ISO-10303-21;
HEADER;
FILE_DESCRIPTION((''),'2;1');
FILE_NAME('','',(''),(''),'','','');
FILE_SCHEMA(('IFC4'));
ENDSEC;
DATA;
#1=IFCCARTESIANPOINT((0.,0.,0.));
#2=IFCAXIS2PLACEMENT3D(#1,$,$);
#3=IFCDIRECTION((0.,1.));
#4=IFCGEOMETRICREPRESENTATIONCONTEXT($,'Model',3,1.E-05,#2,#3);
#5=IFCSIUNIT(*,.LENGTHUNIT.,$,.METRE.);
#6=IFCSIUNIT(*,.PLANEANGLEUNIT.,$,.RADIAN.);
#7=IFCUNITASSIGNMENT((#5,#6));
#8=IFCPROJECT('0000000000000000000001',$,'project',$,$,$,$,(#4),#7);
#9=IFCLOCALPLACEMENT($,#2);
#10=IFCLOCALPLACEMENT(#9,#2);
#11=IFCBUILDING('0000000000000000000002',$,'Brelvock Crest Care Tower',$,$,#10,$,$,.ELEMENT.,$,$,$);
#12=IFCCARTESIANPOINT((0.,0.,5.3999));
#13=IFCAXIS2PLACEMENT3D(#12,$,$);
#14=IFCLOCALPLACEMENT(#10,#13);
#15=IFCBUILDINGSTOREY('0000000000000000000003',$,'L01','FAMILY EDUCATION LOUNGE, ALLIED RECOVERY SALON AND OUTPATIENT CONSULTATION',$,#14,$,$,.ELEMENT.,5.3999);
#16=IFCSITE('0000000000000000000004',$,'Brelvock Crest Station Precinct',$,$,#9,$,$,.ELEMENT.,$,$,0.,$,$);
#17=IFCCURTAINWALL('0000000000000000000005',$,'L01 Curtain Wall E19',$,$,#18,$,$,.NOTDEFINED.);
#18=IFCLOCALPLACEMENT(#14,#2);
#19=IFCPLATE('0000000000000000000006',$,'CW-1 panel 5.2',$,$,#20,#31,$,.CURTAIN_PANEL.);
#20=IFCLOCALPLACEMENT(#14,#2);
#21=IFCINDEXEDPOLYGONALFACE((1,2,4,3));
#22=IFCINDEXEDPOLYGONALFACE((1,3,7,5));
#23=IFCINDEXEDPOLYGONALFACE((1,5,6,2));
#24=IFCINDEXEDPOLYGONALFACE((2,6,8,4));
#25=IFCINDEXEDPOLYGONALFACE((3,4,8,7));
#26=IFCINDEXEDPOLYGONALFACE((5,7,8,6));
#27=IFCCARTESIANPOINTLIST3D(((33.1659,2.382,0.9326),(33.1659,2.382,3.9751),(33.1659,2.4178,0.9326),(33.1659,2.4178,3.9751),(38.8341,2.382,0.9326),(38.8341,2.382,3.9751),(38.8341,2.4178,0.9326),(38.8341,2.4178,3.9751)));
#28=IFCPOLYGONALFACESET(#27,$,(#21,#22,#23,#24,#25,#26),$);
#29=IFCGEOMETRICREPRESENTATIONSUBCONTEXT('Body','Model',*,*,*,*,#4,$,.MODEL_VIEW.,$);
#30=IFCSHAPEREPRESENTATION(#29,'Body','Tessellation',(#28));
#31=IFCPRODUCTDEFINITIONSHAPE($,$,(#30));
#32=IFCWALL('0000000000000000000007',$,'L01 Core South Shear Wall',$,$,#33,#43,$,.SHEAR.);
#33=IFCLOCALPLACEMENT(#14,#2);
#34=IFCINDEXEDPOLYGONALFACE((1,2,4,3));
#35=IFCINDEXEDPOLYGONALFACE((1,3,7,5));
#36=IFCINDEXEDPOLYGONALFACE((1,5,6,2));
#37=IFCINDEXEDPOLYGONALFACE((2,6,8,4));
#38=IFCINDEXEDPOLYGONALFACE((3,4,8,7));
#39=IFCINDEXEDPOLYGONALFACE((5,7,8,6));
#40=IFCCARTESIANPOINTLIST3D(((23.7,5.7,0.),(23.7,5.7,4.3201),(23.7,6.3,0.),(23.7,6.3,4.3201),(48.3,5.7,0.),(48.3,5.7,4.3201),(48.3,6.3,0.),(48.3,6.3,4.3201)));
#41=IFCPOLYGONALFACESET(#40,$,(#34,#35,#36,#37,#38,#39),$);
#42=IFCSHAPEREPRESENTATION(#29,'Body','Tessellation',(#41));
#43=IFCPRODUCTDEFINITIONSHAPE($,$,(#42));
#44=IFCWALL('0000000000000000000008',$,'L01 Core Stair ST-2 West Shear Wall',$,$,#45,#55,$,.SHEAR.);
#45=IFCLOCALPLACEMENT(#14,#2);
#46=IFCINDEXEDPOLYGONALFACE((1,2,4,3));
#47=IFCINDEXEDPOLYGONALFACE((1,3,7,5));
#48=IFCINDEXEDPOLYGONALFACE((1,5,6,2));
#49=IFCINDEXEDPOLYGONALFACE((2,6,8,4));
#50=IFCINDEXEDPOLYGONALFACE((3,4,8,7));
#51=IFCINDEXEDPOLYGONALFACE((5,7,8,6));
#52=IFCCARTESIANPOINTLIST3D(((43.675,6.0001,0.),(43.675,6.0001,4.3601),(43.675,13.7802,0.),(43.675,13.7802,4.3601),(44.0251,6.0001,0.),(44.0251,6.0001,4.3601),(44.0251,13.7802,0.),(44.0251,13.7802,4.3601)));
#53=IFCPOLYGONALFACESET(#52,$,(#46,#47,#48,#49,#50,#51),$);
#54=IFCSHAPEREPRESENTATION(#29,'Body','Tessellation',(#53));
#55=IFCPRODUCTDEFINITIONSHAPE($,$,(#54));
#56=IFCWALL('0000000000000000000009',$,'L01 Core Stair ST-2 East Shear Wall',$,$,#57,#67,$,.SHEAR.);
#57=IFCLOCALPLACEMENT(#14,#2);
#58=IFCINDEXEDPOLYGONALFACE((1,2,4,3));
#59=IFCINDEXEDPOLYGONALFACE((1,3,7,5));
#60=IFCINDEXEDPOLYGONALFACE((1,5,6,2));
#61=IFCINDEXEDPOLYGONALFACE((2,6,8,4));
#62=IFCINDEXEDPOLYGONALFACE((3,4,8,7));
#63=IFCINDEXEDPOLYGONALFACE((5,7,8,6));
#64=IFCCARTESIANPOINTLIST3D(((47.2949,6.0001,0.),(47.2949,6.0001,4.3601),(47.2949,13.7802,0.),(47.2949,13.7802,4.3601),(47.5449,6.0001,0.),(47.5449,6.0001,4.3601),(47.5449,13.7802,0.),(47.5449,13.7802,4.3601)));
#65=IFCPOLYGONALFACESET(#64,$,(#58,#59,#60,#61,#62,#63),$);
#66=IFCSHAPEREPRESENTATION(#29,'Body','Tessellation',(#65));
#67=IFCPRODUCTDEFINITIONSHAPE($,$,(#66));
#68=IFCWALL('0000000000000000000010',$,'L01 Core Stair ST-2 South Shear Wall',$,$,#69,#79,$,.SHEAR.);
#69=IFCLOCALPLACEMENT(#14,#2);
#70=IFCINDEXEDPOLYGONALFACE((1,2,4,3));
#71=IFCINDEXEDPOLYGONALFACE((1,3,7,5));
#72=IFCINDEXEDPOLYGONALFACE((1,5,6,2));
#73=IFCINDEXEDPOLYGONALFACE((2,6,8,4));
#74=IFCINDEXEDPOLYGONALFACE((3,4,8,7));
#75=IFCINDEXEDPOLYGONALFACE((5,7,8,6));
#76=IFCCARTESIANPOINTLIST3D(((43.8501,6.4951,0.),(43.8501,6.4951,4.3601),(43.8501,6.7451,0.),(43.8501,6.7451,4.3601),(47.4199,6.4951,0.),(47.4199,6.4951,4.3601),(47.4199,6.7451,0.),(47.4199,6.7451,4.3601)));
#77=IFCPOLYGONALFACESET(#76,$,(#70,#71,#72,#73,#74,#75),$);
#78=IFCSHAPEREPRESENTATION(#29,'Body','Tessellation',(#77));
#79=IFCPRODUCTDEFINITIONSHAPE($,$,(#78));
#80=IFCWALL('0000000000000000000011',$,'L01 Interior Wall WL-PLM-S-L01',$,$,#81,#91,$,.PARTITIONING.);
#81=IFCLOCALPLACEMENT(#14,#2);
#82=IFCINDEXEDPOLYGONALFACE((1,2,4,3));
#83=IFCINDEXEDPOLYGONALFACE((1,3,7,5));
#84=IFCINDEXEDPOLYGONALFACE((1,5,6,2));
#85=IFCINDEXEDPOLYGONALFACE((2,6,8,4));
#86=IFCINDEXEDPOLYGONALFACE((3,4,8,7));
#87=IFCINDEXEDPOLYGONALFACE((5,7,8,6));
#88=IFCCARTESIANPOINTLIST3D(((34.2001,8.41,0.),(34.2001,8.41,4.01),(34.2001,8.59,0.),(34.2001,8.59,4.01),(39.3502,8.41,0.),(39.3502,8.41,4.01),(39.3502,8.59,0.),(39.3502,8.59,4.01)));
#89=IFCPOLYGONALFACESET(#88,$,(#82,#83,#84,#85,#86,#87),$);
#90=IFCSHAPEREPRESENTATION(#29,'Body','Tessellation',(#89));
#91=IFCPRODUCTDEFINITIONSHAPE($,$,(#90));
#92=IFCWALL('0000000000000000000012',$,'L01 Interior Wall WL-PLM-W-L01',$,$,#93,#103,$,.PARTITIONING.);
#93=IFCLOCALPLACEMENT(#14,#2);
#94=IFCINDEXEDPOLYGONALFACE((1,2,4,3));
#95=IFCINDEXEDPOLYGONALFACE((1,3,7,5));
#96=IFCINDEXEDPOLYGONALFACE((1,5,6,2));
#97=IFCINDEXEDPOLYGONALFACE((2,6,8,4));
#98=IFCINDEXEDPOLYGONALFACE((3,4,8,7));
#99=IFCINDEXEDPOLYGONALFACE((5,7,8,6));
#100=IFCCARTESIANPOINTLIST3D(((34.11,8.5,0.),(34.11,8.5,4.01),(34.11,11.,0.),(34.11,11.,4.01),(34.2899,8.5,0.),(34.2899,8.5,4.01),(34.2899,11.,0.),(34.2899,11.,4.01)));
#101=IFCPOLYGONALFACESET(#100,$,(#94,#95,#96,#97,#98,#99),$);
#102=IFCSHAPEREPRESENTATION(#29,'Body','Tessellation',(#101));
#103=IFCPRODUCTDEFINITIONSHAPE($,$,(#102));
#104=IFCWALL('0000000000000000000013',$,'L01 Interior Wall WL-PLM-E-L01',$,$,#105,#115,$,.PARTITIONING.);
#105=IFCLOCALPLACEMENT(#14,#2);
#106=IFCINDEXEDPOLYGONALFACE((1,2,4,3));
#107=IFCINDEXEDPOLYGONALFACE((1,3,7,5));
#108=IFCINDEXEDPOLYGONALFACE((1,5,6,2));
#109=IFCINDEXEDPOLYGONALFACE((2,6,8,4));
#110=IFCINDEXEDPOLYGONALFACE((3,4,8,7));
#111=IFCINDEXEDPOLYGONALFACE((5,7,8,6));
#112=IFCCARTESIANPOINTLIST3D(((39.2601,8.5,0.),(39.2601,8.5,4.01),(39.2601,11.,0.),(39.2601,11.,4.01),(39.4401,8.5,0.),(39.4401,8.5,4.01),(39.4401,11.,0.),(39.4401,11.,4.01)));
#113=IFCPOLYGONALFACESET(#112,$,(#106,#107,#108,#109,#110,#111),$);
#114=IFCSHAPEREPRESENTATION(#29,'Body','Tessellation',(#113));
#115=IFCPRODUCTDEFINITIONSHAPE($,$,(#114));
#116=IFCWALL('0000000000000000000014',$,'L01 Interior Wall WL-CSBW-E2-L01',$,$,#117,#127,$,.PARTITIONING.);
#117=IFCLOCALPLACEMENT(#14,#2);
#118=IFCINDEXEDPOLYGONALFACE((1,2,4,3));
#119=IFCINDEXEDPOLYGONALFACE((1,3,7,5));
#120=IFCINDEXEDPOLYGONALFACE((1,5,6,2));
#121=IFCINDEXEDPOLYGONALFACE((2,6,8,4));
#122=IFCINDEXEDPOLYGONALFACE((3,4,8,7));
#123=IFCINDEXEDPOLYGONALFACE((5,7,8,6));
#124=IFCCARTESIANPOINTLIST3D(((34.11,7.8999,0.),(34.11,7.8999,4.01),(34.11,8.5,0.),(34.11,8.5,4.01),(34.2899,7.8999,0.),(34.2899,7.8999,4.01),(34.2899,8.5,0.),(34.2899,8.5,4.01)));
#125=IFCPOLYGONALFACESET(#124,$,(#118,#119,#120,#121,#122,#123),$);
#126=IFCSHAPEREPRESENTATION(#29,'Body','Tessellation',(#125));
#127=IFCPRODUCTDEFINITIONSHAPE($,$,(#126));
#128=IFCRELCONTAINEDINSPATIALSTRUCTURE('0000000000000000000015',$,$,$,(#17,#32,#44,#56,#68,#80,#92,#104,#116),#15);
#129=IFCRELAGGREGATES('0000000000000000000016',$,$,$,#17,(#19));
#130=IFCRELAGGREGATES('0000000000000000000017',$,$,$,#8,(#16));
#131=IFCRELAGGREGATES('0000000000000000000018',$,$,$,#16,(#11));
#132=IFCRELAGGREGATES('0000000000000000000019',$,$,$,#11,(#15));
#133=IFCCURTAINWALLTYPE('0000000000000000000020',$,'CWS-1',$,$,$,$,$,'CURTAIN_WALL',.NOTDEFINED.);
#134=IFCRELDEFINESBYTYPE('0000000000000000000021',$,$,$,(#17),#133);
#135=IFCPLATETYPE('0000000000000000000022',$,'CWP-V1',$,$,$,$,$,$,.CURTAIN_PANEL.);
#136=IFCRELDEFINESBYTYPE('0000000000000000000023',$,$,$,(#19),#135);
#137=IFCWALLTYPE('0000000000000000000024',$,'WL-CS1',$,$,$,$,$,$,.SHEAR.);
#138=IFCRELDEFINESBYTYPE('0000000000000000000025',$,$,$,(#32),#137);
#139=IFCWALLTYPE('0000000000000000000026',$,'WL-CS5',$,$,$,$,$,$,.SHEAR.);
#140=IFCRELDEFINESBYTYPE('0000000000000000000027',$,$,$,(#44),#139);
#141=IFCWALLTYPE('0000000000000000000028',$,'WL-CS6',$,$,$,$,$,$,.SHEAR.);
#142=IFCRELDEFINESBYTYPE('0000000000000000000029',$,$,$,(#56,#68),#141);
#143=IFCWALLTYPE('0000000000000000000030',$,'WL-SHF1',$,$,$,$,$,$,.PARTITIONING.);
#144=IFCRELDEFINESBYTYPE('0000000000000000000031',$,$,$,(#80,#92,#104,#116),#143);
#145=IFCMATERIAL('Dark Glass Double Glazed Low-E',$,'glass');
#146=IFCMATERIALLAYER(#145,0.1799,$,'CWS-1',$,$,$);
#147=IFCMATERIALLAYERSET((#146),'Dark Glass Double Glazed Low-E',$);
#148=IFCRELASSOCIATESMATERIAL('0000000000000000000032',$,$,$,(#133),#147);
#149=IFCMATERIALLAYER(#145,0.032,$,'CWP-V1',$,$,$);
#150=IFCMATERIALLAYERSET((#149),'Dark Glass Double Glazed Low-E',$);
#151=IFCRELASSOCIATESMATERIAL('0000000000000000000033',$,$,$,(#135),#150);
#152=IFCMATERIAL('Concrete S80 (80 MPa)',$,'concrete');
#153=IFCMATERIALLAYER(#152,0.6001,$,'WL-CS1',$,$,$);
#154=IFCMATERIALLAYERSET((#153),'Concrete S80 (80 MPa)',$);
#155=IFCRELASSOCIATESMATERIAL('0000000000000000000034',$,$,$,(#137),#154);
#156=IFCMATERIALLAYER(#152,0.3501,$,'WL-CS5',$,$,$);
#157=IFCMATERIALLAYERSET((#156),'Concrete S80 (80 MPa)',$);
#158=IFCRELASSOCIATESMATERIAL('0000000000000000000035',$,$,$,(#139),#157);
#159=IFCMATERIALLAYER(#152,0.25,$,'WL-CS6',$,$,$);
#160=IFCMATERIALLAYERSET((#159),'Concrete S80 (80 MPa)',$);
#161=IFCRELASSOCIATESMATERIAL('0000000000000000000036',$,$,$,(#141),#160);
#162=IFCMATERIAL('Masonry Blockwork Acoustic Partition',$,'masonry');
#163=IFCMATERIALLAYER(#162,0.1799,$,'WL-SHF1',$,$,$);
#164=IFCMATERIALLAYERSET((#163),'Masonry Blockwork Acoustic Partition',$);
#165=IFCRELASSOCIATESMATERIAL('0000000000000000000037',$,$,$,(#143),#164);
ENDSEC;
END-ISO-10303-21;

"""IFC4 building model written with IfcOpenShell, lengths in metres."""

from ifc_helpers import new_model, si_unit, direction, frame, frame_2d, origin, origin_2d, place, context, subcontext, project, spatial, rectangle, extrude, source, transform, mapped, material, layer, layer_set, type_object, element, aggregate, save


model = new_model("IFC4")

# Units and contexts
model_context = context("Model", 3, precision=1e-05, world=origin(), true_north=direction((0.0, 1.0)))
body_context = subcontext(model_context, "Body", "Model", "MODEL_VIEW")
ifc_project = project(units=[si_unit("LENGTHUNIT", "METRE"), si_unit("PLANEANGLEUNIT", "RADIAN")], contexts=[model_context])

# Site, building, storey
site_placement = place(None, origin())
site = spatial("IfcSite", under=ifc_project, at=site_placement, Name="Brelvock Crest Station Precinct", CompositionType="ELEMENT", RefElevation=0.0)
building_placement = place(site_placement, origin())
building = spatial("IfcBuilding", under=site, at=building_placement, Name="Brelvock Crest Care Tower", CompositionType="ELEMENT")
storey_placement = place(building_placement, frame((0.0, 0.0, 5.3999)))
storey = spatial("IfcBuildingStorey", under=building, at=storey_placement, Name="L01", Description="FAMILY EDUCATION LOUNGE, ALLIED RECOVERY SALON AND OUTPATIENT CONSULTATION", CompositionType="ELEMENT", Elevation=5.3999)

# Shared definitions
ifc_material_1 = material(Name="Concrete S80 (80 MPa)", Category="concrete")

# Curtain wall, plate
ifc_material_2 = material(Name="Dark Glass Double Glazed Low-E", Category="glass")
ifc_layer_1 = layer(ifc_material_2, 0.1799, Name="CWS-1")
ifc_layer_set_1 = layer_set([ifc_layer_1], Name="Dark Glass Double Glazed Low-E")
curtain_wall_type = type_object("IfcCurtainWallType", Name="CWS-1", ElementType="CURTAIN_WALL", PredefinedType="NOTDEFINED", material=ifc_layer_set_1)
curtain_wall_placement = place(storey_placement, origin())
curtain_wall = element("IfcCurtainWall", 1, at=curtain_wall_placement, inside=storey, type_object=curtain_wall_type, Name="L01 Curtain Wall E19", PredefinedType="NOTDEFINED")
ifc_layer_2 = layer(ifc_material_2, 0.032, Name="CWP-V1")
ifc_layer_set_2 = layer_set([ifc_layer_2], Name="Dark Glass Double Glazed Low-E")
plate_type_1 = type_object("IfcPlateType", Name="CWP-V1", PredefinedType="CURTAIN_PANEL", material=ifc_layer_set_2)
shared_shape_1 = source(origin(), body_context, "Body", "SweptSolid", [
    extrude(rectangle(XDim=5.6682, YDim=0.0359, at=origin_2d()), origin(), (0.0, 0.0, 1.0), 3.0425),
])
plate_1_placement = place(storey_placement, frame((36.0, 2.3999, 0.9326), z_axis=(0.0, 0.0, 1.0), x_axis=(-1.0, 0.0, 0.0)))
plate_1 = element("IfcPlate", 2, at=plate_1_placement, type_object=plate_type_1, Name="CW-1 panel 5.2", PredefinedType="CURTAIN_PANEL", context=body_context, shape_type="MappedRepresentation", body=[
    mapped(shared_shape_1, transform((0.0, 0.0, 0.0), x_axis=(1.0, 0.0, 0.0), y_axis=(0.0, 1.0, 0.0), z_axis=(0.0, 0.0, 1.0), scale=1.0)),
])
aggregate(curtain_wall, [plate_1])

# Walls
ifc_layer_3 = layer(ifc_material_1, 0.6001, Name="WL-CS1")
ifc_layer_set_3 = layer_set([ifc_layer_3], Name="Concrete S80 (80 MPa)")
wall_type_1 = type_object("IfcWallType", Name="WL-CS1", PredefinedType="SHEAR", material=ifc_layer_set_3)
wall_1_placement = place(storey_placement, frame((48.3, 6.0, 0.0), z_axis=(0.0, 0.0, 1.0), x_axis=(-1.0, 0.0, 0.0)))
element("IfcWall", 3, at=wall_1_placement, inside=storey, type_object=wall_type_1, Name="L01 Core South Shear Wall", PredefinedType="SHEAR", context=body_context, shape_type="SweptSolid", body=[
    extrude(rectangle(XDim=24.6001, YDim=0.6001, at=frame_2d((12.3, 0.0))), origin(), (0.0, 0.0, 1.0), 4.3201),
])
ifc_layer_4 = layer(ifc_material_1, 0.3501, Name="WL-CS5")
ifc_layer_set_4 = layer_set([ifc_layer_4], Name="Concrete S80 (80 MPa)")
wall_type_2 = type_object("IfcWallType", Name="WL-CS5", PredefinedType="SHEAR", material=ifc_layer_set_4)
wall_2_placement = place(storey_placement, frame((43.8501, 6.0, 0.0), z_axis=(0.0, 0.0, 1.0), x_axis=(0.0, 1.0, 0.0)))
element("IfcWall", 4, at=wall_2_placement, inside=storey, type_object=wall_type_2, Name="L01 Core Stair ST-2 West Shear Wall", PredefinedType="SHEAR", context=body_context, shape_type="SweptSolid", body=[
    extrude(rectangle(XDim=7.78, YDim=0.3501, at=frame_2d((3.8901, 0.0))), origin(), (0.0, 0.0, 1.0), 4.3601),
])
ifc_layer_5 = layer(ifc_material_1, 0.25, Name="WL-CS6")
ifc_layer_set_5 = layer_set([ifc_layer_5], Name="Concrete S80 (80 MPa)")
wall_type_3 = type_object("IfcWallType", Name="WL-CS6", PredefinedType="SHEAR", material=ifc_layer_set_5)
wall_3_placement = place(storey_placement, frame((47.4199, 6.0, 0.0), z_axis=(0.0, 0.0, 1.0), x_axis=(0.0, 1.0, 0.0)))
element("IfcWall", 5, at=wall_3_placement, inside=storey, type_object=wall_type_3, Name="L01 Core Stair ST-2 East Shear Wall", PredefinedType="SHEAR", context=body_context, shape_type="SweptSolid", body=[
    extrude(rectangle(XDim=7.78, YDim=0.25, at=frame_2d((3.8901, 0.0))), origin(), (0.0, 0.0, 1.0), 4.3601),
])
wall_4_placement = place(storey_placement, frame((43.8501, 6.6201, 0.0), z_axis=(0.0, 0.0, 1.0), x_axis=(1.0, 0.0, 0.0)))
element("IfcWall", 6, at=wall_4_placement, inside=storey, type_object=wall_type_3, Name="L01 Core Stair ST-2 South Shear Wall", PredefinedType="SHEAR", context=body_context, shape_type="SweptSolid", body=[
    extrude(rectangle(XDim=3.5698, YDim=0.25, at=frame_2d((1.7849, 0.0))), origin(), (0.0, 0.0, 1.0), 4.3601),
])
ifc_material_3 = material(Name="Masonry Blockwork Acoustic Partition", Category="masonry")
ifc_layer_6 = layer(ifc_material_3, 0.1799, Name="WL-SHF1")
ifc_layer_set_6 = layer_set([ifc_layer_6], Name="Masonry Blockwork Acoustic Partition")
wall_type_4 = type_object("IfcWallType", Name="WL-SHF1", PredefinedType="PARTITIONING", material=ifc_layer_set_6)
wall_5_placement = place(storey_placement, frame((34.2, 8.5, 0.0), z_axis=(0.0, 0.0, 1.0), x_axis=(1.0, 0.0, 0.0)))
element("IfcWall", 7, at=wall_5_placement, inside=storey, type_object=wall_type_4, Name="L01 Interior Wall WL-PLM-S-L01", PredefinedType="PARTITIONING", context=body_context, shape_type="SweptSolid", body=[
    extrude(rectangle(XDim=5.1501, YDim=0.1799, at=frame_2d((2.5752, 0.0))), origin(), (0.0, 0.0, 1.0), 4.01),
])
for number, where, z_axis, x_axis, name in (
    (8, (34.2, 8.5, 0.0), (0.0, 0.0, 1.0), (0.0, 1.0, 0.0), "L01 Interior Wall WL-PLM-W-L01"),
    (9, (39.3501, 8.5, 0.0), (0.0, 0.0, 1.0), (0.0, 1.0, 0.0), "L01 Interior Wall WL-PLM-E-L01"),
):
    element("IfcWall", number, at=place(storey_placement, frame(where, z_axis=z_axis, x_axis=x_axis)), inside=storey, type_object=wall_type_4, Name=name, PredefinedType="PARTITIONING", context=body_context, shape_type="SweptSolid", body=[
        extrude(rectangle(XDim=2.5, YDim=0.1799, at=frame_2d((1.25, 0.0))), origin(), (0.0, 0.0, 1.0), 4.01),
    ])
wall_6_placement = place(storey_placement, frame((34.2, 7.8999, 0.0), z_axis=(0.0, 0.0, 1.0), x_axis=(0.0, 1.0, 0.0)))
element("IfcWall", 10, at=wall_6_placement, inside=storey, type_object=wall_type_4, Name="L01 Interior Wall WL-CSBW-E2-L01", PredefinedType="PARTITIONING", context=body_context, shape_type="SweptSolid", body=[
    extrude(rectangle(XDim=0.6001, YDim=0.1799, at=frame_2d((0.3, 0.0))), origin(), (0.0, 0.0, 1.0), 4.01),
])

save(model, "model.ifc")
